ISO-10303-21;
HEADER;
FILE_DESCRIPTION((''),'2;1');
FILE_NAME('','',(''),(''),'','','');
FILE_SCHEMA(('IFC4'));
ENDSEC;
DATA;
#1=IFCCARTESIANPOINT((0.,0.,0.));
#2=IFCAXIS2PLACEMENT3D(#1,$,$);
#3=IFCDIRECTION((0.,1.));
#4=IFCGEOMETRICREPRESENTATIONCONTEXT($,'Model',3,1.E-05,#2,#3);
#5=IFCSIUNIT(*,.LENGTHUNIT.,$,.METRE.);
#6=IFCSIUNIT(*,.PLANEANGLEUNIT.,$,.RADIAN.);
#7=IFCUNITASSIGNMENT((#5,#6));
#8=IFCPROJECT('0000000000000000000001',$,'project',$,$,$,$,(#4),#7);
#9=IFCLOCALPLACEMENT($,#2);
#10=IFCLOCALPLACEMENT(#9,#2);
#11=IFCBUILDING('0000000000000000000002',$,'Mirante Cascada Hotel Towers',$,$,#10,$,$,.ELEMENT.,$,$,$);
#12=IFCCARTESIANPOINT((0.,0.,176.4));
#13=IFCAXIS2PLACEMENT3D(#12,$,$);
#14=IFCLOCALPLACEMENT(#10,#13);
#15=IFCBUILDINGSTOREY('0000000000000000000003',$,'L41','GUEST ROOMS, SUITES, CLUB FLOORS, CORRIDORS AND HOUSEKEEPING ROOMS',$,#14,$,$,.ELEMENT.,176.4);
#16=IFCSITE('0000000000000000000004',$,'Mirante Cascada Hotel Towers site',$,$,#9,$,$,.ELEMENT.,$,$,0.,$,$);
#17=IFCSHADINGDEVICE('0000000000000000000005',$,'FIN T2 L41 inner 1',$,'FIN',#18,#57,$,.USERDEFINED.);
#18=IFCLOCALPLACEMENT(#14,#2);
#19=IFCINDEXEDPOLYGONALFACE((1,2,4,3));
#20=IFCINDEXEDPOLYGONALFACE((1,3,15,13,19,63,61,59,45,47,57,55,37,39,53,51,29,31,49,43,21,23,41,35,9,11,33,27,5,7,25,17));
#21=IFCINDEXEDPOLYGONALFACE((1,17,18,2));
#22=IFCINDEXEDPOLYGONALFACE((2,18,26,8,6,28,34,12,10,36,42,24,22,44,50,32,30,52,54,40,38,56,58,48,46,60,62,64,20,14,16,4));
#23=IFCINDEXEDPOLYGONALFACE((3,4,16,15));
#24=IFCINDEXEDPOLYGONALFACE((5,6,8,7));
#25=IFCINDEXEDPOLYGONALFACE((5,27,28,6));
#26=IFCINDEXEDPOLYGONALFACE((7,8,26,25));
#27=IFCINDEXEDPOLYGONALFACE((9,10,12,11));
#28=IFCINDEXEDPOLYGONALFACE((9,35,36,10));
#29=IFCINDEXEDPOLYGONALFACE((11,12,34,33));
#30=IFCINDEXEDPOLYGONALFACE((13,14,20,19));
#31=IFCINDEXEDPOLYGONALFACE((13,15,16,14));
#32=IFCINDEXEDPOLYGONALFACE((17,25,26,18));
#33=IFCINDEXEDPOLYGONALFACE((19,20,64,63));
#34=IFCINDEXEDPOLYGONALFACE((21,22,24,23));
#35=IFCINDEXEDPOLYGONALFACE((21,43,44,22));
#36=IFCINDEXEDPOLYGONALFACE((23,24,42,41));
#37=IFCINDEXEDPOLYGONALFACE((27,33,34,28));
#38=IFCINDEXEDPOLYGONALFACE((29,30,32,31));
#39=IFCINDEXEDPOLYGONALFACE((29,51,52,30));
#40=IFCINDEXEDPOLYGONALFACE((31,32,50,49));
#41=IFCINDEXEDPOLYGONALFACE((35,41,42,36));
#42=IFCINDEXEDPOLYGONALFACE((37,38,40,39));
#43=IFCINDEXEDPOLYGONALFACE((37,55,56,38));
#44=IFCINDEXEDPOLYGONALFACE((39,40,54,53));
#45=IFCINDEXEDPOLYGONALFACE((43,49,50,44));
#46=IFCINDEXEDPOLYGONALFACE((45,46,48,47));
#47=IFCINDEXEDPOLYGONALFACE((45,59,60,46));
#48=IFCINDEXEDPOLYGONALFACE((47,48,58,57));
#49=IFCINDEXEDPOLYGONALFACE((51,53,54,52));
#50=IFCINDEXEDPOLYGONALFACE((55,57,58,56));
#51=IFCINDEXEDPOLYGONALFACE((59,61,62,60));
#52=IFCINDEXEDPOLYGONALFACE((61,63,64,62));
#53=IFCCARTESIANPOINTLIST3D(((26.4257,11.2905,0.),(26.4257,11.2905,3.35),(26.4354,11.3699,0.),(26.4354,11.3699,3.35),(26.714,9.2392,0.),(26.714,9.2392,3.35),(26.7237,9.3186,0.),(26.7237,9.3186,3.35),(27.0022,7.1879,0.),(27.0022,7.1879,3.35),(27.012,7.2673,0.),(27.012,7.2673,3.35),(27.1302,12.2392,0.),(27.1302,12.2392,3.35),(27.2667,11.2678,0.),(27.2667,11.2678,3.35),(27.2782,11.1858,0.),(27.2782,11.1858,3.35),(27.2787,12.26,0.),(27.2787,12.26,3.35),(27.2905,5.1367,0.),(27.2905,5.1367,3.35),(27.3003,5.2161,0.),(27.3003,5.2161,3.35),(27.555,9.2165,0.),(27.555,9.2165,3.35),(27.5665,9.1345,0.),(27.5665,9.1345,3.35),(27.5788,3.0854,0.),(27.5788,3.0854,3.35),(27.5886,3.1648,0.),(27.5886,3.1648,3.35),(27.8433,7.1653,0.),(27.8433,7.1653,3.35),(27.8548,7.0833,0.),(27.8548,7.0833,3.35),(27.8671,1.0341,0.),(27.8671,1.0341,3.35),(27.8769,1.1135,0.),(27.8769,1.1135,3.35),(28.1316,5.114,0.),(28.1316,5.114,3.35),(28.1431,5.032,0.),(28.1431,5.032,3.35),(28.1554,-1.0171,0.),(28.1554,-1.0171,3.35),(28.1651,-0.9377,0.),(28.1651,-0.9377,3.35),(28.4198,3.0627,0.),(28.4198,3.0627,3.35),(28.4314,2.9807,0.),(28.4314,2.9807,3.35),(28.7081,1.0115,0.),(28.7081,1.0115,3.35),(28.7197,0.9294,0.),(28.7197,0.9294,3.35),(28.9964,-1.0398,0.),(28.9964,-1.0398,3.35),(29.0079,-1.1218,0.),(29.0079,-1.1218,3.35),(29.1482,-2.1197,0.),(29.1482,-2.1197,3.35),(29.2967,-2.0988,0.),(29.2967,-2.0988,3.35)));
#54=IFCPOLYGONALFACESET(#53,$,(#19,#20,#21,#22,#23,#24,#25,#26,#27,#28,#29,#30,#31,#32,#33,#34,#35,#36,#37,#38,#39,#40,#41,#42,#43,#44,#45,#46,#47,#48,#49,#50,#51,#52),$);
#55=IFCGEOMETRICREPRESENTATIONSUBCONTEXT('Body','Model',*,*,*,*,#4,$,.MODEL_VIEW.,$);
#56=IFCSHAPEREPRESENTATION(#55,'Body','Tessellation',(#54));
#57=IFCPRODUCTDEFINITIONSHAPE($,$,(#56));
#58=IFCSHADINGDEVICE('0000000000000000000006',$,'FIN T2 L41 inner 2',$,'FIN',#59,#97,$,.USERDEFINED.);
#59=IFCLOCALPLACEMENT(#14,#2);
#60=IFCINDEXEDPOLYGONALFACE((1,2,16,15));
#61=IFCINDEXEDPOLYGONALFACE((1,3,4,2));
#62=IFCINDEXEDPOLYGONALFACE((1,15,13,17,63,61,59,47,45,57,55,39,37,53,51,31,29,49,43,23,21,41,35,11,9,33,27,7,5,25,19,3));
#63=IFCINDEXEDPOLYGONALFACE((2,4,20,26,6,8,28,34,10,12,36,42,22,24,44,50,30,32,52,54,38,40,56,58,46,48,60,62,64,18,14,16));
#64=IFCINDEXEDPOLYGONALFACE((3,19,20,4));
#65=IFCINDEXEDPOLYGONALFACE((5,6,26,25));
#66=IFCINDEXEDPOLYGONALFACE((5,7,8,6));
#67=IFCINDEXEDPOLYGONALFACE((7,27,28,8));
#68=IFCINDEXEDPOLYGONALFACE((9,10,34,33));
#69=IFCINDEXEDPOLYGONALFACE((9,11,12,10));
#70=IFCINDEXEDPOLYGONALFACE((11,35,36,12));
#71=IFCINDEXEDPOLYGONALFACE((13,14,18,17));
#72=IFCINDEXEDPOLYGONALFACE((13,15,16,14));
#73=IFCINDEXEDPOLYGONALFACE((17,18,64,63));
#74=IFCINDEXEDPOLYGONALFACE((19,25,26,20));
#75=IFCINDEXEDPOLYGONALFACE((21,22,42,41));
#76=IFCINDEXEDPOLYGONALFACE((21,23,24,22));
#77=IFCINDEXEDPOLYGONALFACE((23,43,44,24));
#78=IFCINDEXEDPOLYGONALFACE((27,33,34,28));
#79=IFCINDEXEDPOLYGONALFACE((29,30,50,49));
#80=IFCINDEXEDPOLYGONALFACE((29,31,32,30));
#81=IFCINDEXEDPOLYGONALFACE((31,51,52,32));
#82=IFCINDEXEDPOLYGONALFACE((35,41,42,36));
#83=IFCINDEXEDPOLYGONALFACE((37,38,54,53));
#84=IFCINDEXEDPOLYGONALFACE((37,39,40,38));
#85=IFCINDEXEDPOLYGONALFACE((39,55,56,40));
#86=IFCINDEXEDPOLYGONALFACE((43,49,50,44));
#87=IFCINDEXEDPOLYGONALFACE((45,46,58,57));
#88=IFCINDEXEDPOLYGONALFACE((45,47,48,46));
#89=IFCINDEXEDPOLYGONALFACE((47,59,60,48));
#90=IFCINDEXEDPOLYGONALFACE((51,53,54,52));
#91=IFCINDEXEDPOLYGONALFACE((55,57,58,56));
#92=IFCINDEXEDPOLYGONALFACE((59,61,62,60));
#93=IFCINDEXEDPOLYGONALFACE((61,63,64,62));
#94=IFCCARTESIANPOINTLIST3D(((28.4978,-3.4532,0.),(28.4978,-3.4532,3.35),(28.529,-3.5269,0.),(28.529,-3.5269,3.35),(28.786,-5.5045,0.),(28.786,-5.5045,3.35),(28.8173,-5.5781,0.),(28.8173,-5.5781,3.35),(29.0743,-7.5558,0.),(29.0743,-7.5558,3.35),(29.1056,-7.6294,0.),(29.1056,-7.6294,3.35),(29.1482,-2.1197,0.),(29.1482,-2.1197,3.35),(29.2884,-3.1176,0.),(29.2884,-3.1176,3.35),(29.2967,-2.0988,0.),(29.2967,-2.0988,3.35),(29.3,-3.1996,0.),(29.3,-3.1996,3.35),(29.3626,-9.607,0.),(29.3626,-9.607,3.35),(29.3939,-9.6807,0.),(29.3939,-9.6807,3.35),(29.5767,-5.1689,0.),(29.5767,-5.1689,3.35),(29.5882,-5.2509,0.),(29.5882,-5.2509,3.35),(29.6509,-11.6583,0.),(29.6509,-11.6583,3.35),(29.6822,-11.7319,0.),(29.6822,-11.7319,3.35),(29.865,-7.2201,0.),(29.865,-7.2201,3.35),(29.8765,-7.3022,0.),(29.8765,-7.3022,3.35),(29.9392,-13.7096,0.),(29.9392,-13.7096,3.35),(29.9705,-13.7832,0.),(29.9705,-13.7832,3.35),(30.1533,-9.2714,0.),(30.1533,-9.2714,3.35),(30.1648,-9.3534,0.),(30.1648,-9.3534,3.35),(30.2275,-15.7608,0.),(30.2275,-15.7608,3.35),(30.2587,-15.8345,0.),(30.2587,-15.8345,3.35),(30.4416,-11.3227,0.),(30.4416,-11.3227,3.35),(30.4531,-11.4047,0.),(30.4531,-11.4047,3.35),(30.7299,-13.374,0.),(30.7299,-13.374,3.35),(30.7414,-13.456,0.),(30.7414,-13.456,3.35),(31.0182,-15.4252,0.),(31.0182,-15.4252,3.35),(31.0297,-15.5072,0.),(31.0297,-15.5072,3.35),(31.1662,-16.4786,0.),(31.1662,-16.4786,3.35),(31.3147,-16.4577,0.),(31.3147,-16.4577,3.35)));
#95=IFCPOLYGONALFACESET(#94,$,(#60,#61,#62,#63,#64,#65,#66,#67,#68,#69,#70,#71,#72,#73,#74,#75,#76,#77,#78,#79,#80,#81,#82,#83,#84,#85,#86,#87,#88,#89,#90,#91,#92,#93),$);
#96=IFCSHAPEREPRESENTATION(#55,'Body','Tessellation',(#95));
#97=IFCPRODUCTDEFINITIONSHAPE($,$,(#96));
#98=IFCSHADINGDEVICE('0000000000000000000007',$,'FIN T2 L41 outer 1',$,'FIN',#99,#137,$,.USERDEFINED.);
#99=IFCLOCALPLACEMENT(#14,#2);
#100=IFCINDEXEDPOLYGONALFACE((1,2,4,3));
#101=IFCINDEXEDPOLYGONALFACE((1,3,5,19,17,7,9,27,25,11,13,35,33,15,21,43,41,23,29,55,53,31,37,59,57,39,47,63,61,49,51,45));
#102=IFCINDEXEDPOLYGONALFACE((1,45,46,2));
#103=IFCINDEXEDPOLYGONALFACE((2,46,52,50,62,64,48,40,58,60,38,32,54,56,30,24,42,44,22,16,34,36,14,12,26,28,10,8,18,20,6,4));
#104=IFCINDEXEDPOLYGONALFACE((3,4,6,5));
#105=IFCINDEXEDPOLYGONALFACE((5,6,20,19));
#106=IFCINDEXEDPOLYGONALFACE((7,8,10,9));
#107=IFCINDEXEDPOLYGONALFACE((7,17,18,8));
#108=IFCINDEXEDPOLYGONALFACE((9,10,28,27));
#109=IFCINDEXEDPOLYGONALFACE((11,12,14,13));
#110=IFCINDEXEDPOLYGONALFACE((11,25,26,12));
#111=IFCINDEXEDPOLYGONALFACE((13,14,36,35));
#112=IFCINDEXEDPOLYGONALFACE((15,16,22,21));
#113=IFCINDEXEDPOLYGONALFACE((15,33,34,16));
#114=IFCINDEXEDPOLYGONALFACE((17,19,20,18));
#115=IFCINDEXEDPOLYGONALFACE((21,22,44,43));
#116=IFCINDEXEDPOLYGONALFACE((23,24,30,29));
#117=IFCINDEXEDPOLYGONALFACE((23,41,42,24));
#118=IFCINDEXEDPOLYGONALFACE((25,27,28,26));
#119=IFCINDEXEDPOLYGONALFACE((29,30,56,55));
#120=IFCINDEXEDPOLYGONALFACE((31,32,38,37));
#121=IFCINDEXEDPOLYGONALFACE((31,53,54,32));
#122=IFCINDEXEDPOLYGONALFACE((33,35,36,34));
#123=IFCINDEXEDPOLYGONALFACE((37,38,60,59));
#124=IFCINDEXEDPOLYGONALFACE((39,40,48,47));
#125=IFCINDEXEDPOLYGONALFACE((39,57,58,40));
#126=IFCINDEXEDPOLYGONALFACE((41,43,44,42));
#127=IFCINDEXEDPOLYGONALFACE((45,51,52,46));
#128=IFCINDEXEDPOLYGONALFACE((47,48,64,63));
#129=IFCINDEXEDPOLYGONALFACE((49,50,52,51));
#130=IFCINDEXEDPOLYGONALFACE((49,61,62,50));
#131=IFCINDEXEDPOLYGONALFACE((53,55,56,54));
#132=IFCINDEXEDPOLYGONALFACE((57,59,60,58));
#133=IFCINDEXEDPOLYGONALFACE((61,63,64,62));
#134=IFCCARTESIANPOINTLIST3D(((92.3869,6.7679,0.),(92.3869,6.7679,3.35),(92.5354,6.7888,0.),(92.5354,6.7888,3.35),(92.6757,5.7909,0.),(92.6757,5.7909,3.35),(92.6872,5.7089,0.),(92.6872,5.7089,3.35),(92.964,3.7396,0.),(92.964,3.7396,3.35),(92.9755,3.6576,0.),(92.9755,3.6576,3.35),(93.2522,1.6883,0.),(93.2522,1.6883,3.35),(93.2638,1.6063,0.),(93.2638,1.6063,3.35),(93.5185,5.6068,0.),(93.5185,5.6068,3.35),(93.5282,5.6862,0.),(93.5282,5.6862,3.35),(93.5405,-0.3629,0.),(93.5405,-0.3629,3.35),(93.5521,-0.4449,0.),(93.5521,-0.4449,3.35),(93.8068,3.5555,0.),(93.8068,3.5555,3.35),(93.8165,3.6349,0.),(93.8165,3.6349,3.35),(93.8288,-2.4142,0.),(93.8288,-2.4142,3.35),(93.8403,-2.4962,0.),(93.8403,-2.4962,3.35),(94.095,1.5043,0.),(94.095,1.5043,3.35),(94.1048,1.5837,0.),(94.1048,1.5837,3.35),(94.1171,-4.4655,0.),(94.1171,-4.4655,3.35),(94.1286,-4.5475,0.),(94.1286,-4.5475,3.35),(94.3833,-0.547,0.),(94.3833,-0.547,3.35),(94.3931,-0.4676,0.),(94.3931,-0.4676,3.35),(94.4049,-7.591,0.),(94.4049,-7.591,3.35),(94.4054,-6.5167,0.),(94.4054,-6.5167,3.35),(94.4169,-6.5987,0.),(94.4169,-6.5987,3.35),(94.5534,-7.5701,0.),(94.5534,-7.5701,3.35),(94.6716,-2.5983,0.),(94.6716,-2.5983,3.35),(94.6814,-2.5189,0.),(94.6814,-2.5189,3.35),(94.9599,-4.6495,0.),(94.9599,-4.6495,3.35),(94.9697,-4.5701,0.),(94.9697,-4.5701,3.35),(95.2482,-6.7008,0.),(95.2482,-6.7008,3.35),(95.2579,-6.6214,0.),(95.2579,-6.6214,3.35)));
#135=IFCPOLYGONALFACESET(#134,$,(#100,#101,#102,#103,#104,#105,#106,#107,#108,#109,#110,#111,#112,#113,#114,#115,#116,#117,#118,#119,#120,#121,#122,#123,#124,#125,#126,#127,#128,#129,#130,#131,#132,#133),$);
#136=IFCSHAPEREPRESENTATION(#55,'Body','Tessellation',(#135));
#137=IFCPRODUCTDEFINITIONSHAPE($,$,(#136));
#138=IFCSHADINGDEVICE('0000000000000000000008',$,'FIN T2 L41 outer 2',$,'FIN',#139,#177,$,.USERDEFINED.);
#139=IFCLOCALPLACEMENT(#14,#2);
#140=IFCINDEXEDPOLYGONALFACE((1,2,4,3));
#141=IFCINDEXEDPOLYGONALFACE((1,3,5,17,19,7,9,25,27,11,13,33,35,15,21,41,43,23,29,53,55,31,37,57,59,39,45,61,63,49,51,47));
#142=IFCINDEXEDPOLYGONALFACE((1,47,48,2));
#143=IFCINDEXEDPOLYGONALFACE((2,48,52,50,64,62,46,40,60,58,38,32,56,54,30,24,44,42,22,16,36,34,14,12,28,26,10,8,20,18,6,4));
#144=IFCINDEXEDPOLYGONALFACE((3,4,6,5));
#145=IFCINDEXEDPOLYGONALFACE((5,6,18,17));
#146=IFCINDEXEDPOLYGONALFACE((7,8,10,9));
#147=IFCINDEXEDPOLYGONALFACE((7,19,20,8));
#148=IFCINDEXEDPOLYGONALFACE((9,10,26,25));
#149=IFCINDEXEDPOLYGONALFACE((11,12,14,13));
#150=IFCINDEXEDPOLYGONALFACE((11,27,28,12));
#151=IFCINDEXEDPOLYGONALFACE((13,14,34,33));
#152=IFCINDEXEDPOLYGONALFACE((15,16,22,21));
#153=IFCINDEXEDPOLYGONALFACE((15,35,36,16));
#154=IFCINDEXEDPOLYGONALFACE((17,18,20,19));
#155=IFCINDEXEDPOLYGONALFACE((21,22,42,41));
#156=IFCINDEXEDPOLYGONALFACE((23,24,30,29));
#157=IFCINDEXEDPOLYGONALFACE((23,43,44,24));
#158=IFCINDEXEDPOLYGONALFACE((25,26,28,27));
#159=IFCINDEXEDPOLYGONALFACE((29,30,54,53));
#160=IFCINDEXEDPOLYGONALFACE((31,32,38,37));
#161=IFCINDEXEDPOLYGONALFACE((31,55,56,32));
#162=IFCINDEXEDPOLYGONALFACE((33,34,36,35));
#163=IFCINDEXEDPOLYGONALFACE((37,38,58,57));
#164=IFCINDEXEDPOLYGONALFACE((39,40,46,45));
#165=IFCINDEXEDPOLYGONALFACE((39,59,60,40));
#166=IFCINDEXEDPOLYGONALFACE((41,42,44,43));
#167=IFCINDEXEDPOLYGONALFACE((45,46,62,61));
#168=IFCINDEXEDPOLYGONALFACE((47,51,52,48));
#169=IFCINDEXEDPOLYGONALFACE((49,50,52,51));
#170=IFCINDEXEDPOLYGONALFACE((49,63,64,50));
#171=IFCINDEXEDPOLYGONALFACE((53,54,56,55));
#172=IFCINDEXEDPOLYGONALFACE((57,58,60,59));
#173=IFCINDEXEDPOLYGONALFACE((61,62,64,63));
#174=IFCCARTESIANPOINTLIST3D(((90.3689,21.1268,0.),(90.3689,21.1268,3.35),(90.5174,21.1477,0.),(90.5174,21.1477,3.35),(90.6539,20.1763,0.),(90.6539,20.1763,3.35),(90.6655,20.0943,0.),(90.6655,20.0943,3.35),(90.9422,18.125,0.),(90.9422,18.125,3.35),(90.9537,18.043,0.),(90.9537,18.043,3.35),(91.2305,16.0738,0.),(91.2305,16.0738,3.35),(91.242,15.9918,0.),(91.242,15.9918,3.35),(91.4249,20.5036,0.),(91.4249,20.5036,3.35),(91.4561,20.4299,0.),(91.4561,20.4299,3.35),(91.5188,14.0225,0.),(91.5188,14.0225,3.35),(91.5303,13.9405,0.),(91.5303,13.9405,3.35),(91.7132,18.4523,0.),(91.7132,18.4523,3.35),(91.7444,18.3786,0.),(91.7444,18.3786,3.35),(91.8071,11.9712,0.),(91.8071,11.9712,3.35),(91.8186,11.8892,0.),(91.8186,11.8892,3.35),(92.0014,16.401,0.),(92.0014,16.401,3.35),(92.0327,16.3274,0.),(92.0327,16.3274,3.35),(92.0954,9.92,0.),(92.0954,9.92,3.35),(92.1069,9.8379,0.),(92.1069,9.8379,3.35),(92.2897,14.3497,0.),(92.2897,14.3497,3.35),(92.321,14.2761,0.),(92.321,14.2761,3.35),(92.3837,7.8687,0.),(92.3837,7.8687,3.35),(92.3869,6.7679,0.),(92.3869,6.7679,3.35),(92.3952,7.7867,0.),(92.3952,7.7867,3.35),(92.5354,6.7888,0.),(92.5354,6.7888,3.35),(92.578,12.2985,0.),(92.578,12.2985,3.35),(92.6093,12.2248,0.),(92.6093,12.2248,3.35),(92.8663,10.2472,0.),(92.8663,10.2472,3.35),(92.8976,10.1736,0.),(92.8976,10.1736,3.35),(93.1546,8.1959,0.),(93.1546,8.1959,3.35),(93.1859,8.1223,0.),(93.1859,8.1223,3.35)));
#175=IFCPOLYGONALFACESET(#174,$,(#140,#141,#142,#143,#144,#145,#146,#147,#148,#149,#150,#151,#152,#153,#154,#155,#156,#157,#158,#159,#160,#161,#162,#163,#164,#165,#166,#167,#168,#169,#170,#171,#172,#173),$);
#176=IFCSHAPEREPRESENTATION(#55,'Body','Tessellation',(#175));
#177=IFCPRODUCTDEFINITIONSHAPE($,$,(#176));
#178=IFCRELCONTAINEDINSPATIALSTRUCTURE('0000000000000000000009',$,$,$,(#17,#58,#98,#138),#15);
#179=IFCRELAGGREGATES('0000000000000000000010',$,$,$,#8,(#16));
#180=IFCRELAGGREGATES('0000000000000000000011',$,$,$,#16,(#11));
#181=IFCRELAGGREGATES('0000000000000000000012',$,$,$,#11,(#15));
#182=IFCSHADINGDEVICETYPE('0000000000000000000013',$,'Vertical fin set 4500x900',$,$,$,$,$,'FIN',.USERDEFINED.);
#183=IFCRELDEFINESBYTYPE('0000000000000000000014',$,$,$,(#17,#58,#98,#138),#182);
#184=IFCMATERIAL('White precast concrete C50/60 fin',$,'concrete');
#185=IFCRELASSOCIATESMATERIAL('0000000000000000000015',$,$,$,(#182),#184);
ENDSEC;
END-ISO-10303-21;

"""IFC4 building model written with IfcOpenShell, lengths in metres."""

from ifc_helpers import new_model, si_unit, direction, frame, origin, place, context, subcontext, project, spatial, polyline, outline, extrude, material, type_object, element, save


model = new_model("IFC4")

# Units and contexts
model_context = context("Model", 3, precision=1e-05, world=origin(), true_north=direction((0.0, 1.0)))
body_context = subcontext(model_context, "Body", "Model", "MODEL_VIEW")
ifc_project = project(units=[si_unit("LENGTHUNIT", "METRE"), si_unit("PLANEANGLEUNIT", "RADIAN")], contexts=[model_context])

# Site, building, storey
site_placement = place(None, origin())
site = spatial("IfcSite", under=ifc_project, at=site_placement, Name="Mirante Cascada Hotel Towers site", CompositionType="ELEMENT", RefElevation=0.0)
building_placement = place(site_placement, origin())
building = spatial("IfcBuilding", under=site, at=building_placement, Name="Mirante Cascada Hotel Towers", CompositionType="ELEMENT")
storey_placement = place(building_placement, frame((0.0, 0.0, 176.4)))
storey = spatial("IfcBuildingStorey", under=building, at=storey_placement, Name="L41", Description="GUEST ROOMS, SUITES, CLUB FLOORS, CORRIDORS AND HOUSEKEEPING ROOMS", CompositionType="ELEMENT", Elevation=176.4)

# Shading devices
ifc_material_1 = material(Name="White precast concrete C50/60 fin", Category="concrete")
shading_device_type = type_object("IfcShadingDeviceType", Name="Vertical fin set 4500x900", ElementType="FIN", PredefinedType="USERDEFINED", material=ifc_material_1)
shading_device_1_placement = place(storey_placement, origin())
element("IfcShadingDevice", 1, at=shading_device_1_placement, inside=storey, type_object=shading_device_type, Name="FIN T2 L41 inner 1", ObjectType="FIN", PredefinedType="USERDEFINED", context=body_context, shape_type="SweptSolid", body=[
    extrude(outline(polyline([(28.1651, -0.9377), (28.9964, -1.0398), (28.7197, 0.9294), (27.8671, 1.0341), (27.8769, 1.1135), (28.7081, 1.0115), (28.4314, 2.9807), (27.5788, 3.0854), (27.5886, 3.1648), (28.4198, 3.0627), (28.1431, 5.032), (27.2905, 5.1367), (27.3003, 5.2161), (28.1316, 5.114), (27.8548, 7.0833), (27.0022, 7.1879), (27.012, 7.2673), (27.8433, 7.1653), (27.5665, 9.1345), (26.714, 9.2392), (26.7237, 9.3186), (27.555, 9.2165), (27.2782, 11.1858), (26.4257, 11.2905), (26.4354, 11.3699), (27.2667, 11.2678), (27.1302, 12.2392), (27.2787, 12.26), (29.2967, -2.0988), (29.1482, -2.1197), (29.0079, -1.1218), (28.1554, -1.0171), (28.1651, -0.9377)])), origin(), (0.0, 0.0, 1.0), 3.35),
])
shading_device_2_placement = place(storey_placement, origin())
element("IfcShadingDevice", 2, at=shading_device_2_placement, inside=storey, type_object=shading_device_type, Name="FIN T2 L41 inner 2", ObjectType="FIN", PredefinedType="USERDEFINED", context=body_context, shape_type="SweptSolid", body=[
    extrude(outline(polyline([(30.2275, -15.7608), (31.0182, -15.4252), (30.7414, -13.456), (29.9705, -13.7832), (29.9392, -13.7096), (30.7299, -13.374), (30.4531, -11.4047), (29.6822, -11.7319), (29.6509, -11.6583), (30.4416, -11.3227), (30.1648, -9.3534), (29.3939, -9.6807), (29.3626, -9.607), (30.1533, -9.2714), (29.8765, -7.3022), (29.1056, -7.6294), (29.0743, -7.5558), (29.865, -7.2201), (29.5882, -5.2509), (28.8173, -5.5781), (28.786, -5.5045), (29.5767, -5.1689), (29.3, -3.1996), (28.529, -3.5269), (28.4978, -3.4532), (29.2884, -3.1176), (29.1482, -2.1197), (29.2967, -2.0988), (31.3147, -16.4577), (31.1662, -16.4786), (31.0297, -15.5072), (30.2587, -15.8345), (30.2275, -15.7608)])), origin(), (0.0, 0.0, 1.0), 3.35),
])
shading_device_3_placement = place(storey_placement, origin())
element("IfcShadingDevice", 3, at=shading_device_3_placement, inside=storey, type_object=shading_device_type, Name="FIN T2 L41 outer 1", ObjectType="FIN", PredefinedType="USERDEFINED", context=body_context, shape_type="SweptSolid", body=[
    extrude(outline(polyline([(95.2482, -6.7008), (94.4169, -6.5987), (94.5534, -7.5701), (94.4049, -7.591), (92.3869, 6.7679), (92.5354, 6.7888), (92.6757, 5.7909), (93.5282, 5.6862), (93.5185, 5.6068), (92.6872, 5.7089), (92.964, 3.7396), (93.8165, 3.6349), (93.8068, 3.5555), (92.9755, 3.6576), (93.2522, 1.6883), (94.1048, 1.5837), (94.095, 1.5043), (93.2638, 1.6063), (93.5405, -0.3629), (94.3931, -0.4676), (94.3833, -0.547), (93.5521, -0.4449), (93.8288, -2.4142), (94.6814, -2.5189), (94.6716, -2.5983), (93.8403, -2.4962), (94.1171, -4.4655), (94.9697, -4.5701), (94.9599, -4.6495), (94.1286, -4.5475), (94.4054, -6.5167), (95.2579, -6.6214), (95.2482, -6.7008)])), origin(), (0.0, 0.0, 1.0), 3.35),
])
shading_device_4_placement = place(storey_placement, origin())
element("IfcShadingDevice", 4, at=shading_device_4_placement, inside=storey, type_object=shading_device_type, Name="FIN T2 L41 outer 2", ObjectType="FIN", PredefinedType="USERDEFINED", context=body_context, shape_type="SweptSolid", body=[
    extrude(outline(polyline([(93.1859, 8.1223), (92.3952, 7.7867), (92.5354, 6.7888), (92.3869, 6.7679), (90.3689, 21.1268), (90.5174, 21.1477), (90.6539, 20.1763), (91.4249, 20.5036), (91.4561, 20.4299), (90.6655, 20.0943), (90.9422, 18.125), (91.7132, 18.4523), (91.7444, 18.3786), (90.9537, 18.043), (91.2305, 16.0738), (92.0014, 16.401), (92.0327, 16.3274), (91.242, 15.9918), (91.5188, 14.0225), (92.2897, 14.3497), (92.321, 14.2761), (91.5303, 13.9405), (91.8071, 11.9712), (92.578, 12.2985), (92.6093, 12.2248), (91.8186, 11.8892), (92.0954, 9.92), (92.8663, 10.2472), (92.8976, 10.1736), (92.1069, 9.8379), (92.3837, 7.8687), (93.1546, 8.1959), (93.1859, 8.1223)])), origin(), (0.0, 0.0, 1.0), 3.35),
])

save(model, "model.ifc")
